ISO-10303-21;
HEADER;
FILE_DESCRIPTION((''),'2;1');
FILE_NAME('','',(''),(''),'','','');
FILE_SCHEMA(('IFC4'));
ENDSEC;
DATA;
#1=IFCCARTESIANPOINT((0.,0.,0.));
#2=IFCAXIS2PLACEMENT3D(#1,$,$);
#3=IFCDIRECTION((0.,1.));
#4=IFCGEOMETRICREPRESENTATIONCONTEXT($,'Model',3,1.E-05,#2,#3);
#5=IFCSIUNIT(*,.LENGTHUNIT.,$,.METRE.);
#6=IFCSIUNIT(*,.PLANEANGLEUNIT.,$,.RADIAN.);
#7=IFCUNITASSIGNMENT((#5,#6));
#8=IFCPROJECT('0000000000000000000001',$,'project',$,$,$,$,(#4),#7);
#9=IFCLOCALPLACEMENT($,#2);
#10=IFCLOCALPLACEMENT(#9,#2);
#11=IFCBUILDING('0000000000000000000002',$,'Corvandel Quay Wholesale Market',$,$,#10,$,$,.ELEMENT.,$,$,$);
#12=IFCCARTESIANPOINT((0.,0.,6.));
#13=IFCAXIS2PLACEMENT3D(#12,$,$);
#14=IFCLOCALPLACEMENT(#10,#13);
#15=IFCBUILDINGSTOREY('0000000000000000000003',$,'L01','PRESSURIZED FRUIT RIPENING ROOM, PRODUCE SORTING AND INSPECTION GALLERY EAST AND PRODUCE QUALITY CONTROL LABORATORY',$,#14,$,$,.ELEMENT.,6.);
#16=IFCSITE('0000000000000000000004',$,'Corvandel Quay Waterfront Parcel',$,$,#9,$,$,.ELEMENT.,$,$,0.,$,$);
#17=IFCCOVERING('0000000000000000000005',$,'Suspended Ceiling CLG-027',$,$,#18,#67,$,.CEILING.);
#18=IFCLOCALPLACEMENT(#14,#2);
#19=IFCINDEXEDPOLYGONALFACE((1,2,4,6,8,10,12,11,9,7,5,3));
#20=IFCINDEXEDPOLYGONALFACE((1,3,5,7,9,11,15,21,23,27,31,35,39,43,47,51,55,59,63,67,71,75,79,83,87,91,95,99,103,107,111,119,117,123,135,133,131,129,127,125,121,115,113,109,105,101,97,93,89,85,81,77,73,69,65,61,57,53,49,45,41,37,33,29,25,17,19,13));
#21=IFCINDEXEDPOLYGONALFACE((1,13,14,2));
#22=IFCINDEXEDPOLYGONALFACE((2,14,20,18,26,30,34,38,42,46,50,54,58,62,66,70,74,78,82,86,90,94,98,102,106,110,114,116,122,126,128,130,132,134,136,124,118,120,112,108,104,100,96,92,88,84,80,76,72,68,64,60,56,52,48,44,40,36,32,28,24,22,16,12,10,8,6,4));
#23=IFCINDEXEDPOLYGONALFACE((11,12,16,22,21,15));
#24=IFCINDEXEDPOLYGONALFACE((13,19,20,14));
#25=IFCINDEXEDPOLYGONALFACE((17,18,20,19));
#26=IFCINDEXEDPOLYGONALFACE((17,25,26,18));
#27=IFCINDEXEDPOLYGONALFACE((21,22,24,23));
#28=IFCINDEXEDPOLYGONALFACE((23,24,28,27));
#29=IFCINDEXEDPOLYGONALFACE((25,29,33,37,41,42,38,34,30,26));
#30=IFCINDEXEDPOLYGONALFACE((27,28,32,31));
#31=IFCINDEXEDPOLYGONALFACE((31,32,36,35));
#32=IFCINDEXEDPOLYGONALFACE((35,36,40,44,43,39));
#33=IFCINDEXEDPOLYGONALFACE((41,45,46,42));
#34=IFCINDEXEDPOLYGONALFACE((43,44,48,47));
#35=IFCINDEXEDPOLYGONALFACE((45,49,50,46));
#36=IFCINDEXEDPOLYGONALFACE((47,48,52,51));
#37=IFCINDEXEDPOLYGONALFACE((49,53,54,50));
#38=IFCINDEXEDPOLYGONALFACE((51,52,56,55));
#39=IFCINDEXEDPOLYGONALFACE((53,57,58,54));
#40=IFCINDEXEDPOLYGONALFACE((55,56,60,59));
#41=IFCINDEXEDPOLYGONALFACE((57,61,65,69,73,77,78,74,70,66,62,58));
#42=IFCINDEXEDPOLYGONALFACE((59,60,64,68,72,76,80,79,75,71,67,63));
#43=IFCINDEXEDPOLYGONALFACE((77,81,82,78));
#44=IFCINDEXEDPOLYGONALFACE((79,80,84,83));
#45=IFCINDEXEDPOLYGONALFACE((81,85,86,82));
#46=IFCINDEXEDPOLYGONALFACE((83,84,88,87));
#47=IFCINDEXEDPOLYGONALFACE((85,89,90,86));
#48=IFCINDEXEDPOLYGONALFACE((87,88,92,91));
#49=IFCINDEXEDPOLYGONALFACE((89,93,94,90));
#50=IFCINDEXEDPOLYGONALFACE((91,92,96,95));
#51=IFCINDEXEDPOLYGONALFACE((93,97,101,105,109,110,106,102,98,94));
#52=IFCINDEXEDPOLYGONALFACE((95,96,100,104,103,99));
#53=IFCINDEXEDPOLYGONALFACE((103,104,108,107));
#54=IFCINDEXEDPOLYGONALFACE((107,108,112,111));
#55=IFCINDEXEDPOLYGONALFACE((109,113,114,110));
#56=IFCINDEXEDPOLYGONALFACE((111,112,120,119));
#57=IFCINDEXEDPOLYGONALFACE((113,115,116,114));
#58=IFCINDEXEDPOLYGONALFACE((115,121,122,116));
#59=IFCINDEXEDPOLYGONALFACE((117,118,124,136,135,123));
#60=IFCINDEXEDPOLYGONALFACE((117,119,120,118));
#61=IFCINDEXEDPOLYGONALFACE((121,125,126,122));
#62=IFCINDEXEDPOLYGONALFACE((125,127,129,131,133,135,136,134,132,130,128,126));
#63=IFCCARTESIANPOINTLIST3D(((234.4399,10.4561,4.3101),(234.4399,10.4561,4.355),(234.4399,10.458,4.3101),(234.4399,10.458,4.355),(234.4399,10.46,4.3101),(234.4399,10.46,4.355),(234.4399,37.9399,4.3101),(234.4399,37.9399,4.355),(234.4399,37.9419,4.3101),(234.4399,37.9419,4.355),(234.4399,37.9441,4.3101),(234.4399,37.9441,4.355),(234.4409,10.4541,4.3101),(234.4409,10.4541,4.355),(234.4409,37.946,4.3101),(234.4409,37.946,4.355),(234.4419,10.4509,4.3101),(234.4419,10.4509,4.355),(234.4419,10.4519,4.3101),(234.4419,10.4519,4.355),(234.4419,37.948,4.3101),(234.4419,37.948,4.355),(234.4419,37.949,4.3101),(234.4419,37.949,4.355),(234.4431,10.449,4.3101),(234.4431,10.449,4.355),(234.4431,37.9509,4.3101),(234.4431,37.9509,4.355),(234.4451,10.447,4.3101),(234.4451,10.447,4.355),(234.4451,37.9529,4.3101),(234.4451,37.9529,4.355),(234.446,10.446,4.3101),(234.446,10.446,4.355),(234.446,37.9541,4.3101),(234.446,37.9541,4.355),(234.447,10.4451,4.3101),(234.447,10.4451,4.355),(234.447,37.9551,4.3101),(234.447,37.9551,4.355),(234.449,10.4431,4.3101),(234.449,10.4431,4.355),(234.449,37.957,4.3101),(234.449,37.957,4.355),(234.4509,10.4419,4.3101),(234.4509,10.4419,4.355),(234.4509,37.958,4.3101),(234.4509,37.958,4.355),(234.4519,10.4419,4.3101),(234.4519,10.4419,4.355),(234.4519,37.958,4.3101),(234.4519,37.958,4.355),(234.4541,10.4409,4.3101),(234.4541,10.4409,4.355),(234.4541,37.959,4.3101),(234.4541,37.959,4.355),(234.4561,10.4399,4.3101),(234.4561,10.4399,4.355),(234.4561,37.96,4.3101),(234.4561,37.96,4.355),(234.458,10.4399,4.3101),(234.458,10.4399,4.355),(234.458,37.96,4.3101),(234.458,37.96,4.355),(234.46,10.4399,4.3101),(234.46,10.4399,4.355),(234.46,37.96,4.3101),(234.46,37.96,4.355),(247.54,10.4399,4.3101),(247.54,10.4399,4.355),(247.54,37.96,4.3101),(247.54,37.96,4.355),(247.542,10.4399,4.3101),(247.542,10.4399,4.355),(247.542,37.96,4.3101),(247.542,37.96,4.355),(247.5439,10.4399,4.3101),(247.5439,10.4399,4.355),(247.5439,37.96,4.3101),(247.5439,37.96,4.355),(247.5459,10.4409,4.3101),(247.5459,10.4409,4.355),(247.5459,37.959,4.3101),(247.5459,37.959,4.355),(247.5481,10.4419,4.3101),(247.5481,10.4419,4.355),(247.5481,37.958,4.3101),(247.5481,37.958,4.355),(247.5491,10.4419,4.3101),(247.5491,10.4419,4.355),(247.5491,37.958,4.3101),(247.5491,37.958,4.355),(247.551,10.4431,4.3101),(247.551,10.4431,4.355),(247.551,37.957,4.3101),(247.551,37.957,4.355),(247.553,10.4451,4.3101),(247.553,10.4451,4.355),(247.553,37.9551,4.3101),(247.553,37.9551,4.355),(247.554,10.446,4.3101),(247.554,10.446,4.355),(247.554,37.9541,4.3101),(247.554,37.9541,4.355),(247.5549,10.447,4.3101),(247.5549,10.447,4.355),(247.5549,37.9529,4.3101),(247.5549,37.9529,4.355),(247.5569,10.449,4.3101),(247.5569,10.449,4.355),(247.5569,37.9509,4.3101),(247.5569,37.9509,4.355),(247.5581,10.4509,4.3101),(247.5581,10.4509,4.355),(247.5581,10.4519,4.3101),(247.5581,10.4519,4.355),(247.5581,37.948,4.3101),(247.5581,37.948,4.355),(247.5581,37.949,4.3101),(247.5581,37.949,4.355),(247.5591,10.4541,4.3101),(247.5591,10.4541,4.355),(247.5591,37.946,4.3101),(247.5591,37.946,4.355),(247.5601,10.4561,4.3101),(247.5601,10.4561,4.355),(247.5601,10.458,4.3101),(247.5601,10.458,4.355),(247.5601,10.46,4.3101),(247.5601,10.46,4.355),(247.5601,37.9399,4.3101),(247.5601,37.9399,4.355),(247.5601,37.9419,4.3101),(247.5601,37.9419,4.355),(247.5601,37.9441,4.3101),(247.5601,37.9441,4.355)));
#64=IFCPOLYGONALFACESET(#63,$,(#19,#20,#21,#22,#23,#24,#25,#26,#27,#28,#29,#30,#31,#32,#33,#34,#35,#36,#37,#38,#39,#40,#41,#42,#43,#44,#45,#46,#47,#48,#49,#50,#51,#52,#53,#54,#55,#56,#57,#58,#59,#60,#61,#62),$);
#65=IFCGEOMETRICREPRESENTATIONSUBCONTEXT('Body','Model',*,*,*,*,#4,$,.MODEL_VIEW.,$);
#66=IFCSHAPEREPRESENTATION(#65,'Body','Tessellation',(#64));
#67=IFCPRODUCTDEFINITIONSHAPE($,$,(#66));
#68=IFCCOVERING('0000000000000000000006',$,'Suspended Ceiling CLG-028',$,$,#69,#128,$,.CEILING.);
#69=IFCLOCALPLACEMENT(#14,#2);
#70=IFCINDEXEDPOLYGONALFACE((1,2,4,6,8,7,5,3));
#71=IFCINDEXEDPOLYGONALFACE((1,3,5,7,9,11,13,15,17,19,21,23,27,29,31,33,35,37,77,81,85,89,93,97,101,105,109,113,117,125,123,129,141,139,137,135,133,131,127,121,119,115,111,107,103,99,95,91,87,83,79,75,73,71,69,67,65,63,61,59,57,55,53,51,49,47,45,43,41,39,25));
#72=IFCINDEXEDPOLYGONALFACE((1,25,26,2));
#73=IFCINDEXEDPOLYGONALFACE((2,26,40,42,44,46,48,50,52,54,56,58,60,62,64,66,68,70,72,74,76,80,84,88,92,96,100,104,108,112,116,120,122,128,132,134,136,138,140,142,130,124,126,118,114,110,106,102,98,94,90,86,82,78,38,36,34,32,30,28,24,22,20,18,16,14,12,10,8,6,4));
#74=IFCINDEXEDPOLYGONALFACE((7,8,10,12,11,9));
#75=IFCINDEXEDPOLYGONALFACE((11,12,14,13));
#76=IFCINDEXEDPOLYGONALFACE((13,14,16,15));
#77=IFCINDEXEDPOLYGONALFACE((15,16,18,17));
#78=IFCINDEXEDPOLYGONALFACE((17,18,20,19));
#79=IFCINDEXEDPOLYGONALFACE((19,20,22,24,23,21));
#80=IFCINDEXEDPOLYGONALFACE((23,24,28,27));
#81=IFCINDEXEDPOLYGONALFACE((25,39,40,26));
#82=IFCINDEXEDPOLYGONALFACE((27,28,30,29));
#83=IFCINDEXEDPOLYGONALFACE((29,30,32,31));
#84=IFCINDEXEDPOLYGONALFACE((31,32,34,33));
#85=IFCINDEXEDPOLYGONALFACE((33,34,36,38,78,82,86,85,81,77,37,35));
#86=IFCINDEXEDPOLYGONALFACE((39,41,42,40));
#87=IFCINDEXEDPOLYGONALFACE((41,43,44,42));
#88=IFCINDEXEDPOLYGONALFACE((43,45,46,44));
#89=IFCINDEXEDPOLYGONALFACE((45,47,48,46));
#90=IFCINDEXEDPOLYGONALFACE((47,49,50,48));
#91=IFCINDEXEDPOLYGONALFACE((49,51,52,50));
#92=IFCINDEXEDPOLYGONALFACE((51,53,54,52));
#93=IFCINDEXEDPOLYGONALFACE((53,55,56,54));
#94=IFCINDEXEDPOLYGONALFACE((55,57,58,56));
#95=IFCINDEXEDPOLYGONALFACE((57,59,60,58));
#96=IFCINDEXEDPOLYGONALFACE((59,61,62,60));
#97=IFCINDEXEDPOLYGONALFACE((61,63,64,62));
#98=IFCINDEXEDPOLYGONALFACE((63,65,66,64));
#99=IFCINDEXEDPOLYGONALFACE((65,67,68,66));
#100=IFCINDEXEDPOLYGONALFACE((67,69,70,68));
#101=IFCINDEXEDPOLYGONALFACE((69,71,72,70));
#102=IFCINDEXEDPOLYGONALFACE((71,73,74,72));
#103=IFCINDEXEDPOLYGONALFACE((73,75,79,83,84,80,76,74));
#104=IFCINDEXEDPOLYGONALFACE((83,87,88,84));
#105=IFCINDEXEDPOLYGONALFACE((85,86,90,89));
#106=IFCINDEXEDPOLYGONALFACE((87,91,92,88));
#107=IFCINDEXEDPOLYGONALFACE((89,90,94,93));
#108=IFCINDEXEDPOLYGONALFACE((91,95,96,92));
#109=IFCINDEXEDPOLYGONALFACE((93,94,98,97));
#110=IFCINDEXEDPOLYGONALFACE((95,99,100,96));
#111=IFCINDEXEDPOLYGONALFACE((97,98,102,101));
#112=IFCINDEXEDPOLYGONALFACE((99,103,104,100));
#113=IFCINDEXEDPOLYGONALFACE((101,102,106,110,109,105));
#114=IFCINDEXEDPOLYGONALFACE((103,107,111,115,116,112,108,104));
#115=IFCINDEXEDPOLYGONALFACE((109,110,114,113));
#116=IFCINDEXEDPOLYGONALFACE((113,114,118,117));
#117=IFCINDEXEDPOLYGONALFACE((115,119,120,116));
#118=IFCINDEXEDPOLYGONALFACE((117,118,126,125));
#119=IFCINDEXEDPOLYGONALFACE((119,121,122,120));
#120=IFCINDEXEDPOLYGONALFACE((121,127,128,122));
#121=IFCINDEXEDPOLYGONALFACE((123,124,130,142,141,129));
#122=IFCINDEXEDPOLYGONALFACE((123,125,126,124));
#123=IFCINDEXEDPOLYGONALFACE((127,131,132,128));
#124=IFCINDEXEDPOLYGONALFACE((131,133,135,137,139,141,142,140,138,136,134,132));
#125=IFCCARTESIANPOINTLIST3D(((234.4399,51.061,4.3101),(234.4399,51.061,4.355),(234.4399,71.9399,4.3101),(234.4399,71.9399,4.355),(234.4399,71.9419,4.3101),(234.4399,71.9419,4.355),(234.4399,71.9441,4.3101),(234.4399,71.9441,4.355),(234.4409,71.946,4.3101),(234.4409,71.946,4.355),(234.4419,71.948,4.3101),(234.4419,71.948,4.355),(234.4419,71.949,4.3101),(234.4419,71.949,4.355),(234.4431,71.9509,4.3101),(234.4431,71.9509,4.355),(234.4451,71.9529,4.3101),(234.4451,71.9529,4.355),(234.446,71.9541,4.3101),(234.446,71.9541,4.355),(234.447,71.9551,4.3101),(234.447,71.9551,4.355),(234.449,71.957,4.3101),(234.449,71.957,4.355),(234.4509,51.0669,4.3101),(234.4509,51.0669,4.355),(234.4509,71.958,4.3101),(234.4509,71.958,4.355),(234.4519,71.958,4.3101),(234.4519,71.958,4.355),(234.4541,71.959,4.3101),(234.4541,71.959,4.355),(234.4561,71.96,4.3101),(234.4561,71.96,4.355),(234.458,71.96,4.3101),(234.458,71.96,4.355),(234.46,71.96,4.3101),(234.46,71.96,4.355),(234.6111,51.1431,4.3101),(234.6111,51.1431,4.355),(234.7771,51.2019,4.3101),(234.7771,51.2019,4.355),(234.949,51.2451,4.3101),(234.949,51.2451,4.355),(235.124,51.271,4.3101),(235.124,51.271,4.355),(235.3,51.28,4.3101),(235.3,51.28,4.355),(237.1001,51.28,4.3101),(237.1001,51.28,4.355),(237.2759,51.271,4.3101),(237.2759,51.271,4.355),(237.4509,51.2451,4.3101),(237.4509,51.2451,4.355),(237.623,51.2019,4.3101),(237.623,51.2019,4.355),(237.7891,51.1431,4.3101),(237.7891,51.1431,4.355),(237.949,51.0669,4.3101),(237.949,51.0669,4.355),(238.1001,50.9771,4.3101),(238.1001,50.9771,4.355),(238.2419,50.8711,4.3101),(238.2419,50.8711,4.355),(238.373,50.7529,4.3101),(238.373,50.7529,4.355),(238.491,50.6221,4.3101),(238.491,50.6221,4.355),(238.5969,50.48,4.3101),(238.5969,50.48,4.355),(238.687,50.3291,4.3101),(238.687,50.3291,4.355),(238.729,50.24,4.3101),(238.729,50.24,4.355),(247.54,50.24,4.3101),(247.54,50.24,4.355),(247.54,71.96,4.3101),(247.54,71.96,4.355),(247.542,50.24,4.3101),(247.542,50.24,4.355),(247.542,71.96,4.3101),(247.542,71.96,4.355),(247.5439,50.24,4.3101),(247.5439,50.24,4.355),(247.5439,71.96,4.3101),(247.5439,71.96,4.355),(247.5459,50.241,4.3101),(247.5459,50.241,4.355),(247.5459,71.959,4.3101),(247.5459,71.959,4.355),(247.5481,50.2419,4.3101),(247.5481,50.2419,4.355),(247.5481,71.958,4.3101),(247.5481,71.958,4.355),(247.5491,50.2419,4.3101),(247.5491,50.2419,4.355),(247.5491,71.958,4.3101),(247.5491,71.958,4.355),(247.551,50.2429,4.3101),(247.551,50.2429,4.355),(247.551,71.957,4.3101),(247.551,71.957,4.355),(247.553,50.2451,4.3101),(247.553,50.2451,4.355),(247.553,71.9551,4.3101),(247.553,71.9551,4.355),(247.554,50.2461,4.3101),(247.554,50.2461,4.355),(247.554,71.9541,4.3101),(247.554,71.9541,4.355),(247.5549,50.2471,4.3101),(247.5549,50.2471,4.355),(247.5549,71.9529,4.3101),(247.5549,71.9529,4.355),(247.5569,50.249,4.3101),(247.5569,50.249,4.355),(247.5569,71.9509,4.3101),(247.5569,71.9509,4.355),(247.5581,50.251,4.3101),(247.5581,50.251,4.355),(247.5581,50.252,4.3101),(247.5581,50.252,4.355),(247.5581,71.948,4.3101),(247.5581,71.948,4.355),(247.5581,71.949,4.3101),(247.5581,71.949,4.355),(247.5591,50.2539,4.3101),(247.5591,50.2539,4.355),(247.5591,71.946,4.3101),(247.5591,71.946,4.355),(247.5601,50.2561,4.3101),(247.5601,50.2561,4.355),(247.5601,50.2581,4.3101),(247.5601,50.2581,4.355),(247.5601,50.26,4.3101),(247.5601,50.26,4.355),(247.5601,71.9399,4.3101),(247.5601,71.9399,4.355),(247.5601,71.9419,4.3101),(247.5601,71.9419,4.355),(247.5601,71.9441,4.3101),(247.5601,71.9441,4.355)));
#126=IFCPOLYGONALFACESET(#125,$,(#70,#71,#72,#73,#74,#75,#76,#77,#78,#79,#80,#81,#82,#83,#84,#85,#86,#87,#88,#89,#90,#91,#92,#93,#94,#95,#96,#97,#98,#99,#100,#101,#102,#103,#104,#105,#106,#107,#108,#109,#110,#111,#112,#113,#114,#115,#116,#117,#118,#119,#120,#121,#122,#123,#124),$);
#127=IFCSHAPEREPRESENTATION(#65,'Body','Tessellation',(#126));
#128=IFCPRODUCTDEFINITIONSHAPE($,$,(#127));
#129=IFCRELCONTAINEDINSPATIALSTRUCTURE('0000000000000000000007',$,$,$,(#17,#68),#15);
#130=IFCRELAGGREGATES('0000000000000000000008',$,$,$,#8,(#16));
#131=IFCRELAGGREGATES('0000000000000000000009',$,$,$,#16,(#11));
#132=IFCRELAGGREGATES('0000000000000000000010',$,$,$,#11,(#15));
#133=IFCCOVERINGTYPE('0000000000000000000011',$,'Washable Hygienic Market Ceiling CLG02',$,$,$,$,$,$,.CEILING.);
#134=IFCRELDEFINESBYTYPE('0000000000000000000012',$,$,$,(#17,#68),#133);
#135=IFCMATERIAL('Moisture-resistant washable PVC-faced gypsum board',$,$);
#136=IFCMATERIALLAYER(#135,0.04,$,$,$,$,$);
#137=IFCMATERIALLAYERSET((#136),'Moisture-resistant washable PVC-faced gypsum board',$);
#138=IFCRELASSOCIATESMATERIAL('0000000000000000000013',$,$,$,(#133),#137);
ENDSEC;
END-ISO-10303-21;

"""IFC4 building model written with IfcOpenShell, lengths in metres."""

from ifc_helpers import new_model, si_unit, direction, frame, origin, place, context, subcontext, project, spatial, polyline, outline, extrude, material, layer, layer_set, type_object, element, save


model = new_model("IFC4")

# Units and contexts
model_context = context("Model", 3, precision=1e-05, world=origin(), true_north=direction((0.0, 1.0)))
body_context = subcontext(model_context, "Body", "Model", "MODEL_VIEW")
ifc_project = project(units=[si_unit("LENGTHUNIT", "METRE"), si_unit("PLANEANGLEUNIT", "RADIAN")], contexts=[model_context])

# Site, building, storey
site_placement = place(None, origin())
site = spatial("IfcSite", under=ifc_project, at=site_placement, Name="Corvandel Quay Waterfront Parcel", CompositionType="ELEMENT", RefElevation=0.0)
building_placement = place(site_placement, origin())
building = spatial("IfcBuilding", under=site, at=building_placement, Name="Corvandel Quay Wholesale Market", CompositionType="ELEMENT")
storey_placement = place(building_placement, frame((0.0, 0.0, 6.0)))
storey = spatial("IfcBuildingStorey", under=building, at=storey_placement, Name="L01", Description="PRESSURIZED FRUIT RIPENING ROOM, PRODUCE SORTING AND INSPECTION GALLERY EAST AND PRODUCE QUALITY CONTROL LABORATORY", CompositionType="ELEMENT", Elevation=6.0)

# Coverings
ifc_material_1 = material(Name="Moisture-resistant washable PVC-faced gypsum board")
ifc_layer_1 = layer(ifc_material_1, 0.04)
ifc_layer_set_1 = layer_set([ifc_layer_1], Name="Moisture-resistant washable PVC-faced gypsum board")
covering_type_1 = type_object("IfcCoveringType", Name="Washable Hygienic Market Ceiling CLG02", PredefinedType="CEILING", material=ifc_layer_set_1)
covering_1_placement = place(storey_placement, frame((0.0, 0.0, 4.3101)))
element("IfcCovering", 1, at=covering_1_placement, inside=storey, type_object=covering_type_1, Name="Suspended Ceiling CLG-027", PredefinedType="CEILING", context=body_context, shape_type="SweptSolid", body=[
    extrude(outline(polyline([(234.458, 10.4399), (234.4561, 10.4399), (234.4541, 10.4409), (234.4519, 10.4419), (234.4509, 10.4419), (234.449, 10.4431), (234.447, 10.4451), (234.446, 10.446), (234.4451, 10.447), (234.4431, 10.449), (234.4419, 10.4509), (234.4419, 10.4519), (234.4409, 10.4541), (234.4399, 10.4561), (234.4399, 10.458), (234.4399, 10.46), (234.4399, 37.9399), (234.4399, 37.9419), (234.4399, 37.9441), (234.4409, 37.946), (234.4419, 37.948), (234.4419, 37.949), (234.4431, 37.9509), (234.4451, 37.9529), (234.446, 37.9541), (234.447, 37.9551), (234.449, 37.957), (234.4509, 37.958), (234.4519, 37.958), (234.4541, 37.959), (234.4561, 37.96), (234.458, 37.96), (234.46, 37.96), (247.54, 37.96), (247.542, 37.96), (247.5439, 37.96), (247.5459, 37.959), (247.5481, 37.958), (247.5491, 37.958), (247.551, 37.957), (247.553, 37.9551), (247.554, 37.9541), (247.5549, 37.9529), (247.5569, 37.9509), (247.5581, 37.949), (247.5581, 37.948), (247.5591, 37.946), (247.5601, 37.9441), (247.5601, 37.9419), (247.5601, 37.9399), (247.5601, 10.46), (247.5601, 10.458), (247.5601, 10.4561), (247.5591, 10.4541), (247.5581, 10.4519), (247.5581, 10.4509), (247.5569, 10.449), (247.5549, 10.447), (247.554, 10.446), (247.553, 10.4451), (247.551, 10.4431), (247.5491, 10.4419), (247.5481, 10.4419), (247.5459, 10.4409), (247.5439, 10.4399), (247.542, 10.4399), (247.54, 10.4399), (234.46, 10.4399), (234.458, 10.4399)])), origin(), (0.0, 0.0, 1.0), 0.0449),
])
covering_2_placement = place(storey_placement, frame((0.0, 0.0, 4.3101)))
element("IfcCovering", 2, at=covering_2_placement, inside=storey, type_object=covering_type_1, Name="Suspended Ceiling CLG-028", PredefinedType="CEILING", context=body_context, shape_type="SweptSolid", body=[
    extrude(outline(polyline([(234.4399, 71.9399), (234.4399, 71.9419), (234.4399, 71.9441), (234.4409, 71.946), (234.4419, 71.948), (234.4419, 71.949), (234.4431, 71.9509), (234.4451, 71.9529), (234.446, 71.9541), (234.447, 71.9551), (234.449, 71.957), (234.4509, 71.958), (234.4519, 71.958), (234.4541, 71.959), (234.4561, 71.96), (234.458, 71.96), (234.46, 71.96), (247.54, 71.96), (247.542, 71.96), (247.5439, 71.96), (247.5459, 71.959), (247.5481, 71.958), (247.5491, 71.958), (247.551, 71.957), (247.553, 71.9551), (247.554, 71.9541), (247.5549, 71.9529), (247.5569, 71.9509), (247.5581, 71.949), (247.5581, 71.948), (247.5591, 71.946), (247.5601, 71.9441), (247.5601, 71.9419), (247.5601, 71.9399), (247.5601, 50.26), (247.5601, 50.2581), (247.5601, 50.2561), (247.5591, 50.2539), (247.5581, 50.252), (247.5581, 50.251), (247.5569, 50.249), (247.5549, 50.2471), (247.554, 50.2461), (247.553, 50.2451), (247.551, 50.2429), (247.5491, 50.2419), (247.5481, 50.2419), (247.5459, 50.241), (247.5439, 50.24), (247.542, 50.24), (247.54, 50.24), (238.729, 50.24), (238.687, 50.3291), (238.5969, 50.48), (238.491, 50.6221), (238.373, 50.7529), (238.2419, 50.8711), (238.1001, 50.9771), (237.949, 51.0669), (237.7891, 51.1431), (237.623, 51.2019), (237.4509, 51.2451), (237.2759, 51.271), (237.1001, 51.28), (235.3, 51.28), (235.124, 51.271), (234.949, 51.2451), (234.7771, 51.2019), (234.6111, 51.1431), (234.4509, 51.0669), (234.4399, 51.061), (234.4399, 71.9399)])), origin(), (0.0, 0.0, 1.0), 0.0449),
])

save(model, "model.ifc")
